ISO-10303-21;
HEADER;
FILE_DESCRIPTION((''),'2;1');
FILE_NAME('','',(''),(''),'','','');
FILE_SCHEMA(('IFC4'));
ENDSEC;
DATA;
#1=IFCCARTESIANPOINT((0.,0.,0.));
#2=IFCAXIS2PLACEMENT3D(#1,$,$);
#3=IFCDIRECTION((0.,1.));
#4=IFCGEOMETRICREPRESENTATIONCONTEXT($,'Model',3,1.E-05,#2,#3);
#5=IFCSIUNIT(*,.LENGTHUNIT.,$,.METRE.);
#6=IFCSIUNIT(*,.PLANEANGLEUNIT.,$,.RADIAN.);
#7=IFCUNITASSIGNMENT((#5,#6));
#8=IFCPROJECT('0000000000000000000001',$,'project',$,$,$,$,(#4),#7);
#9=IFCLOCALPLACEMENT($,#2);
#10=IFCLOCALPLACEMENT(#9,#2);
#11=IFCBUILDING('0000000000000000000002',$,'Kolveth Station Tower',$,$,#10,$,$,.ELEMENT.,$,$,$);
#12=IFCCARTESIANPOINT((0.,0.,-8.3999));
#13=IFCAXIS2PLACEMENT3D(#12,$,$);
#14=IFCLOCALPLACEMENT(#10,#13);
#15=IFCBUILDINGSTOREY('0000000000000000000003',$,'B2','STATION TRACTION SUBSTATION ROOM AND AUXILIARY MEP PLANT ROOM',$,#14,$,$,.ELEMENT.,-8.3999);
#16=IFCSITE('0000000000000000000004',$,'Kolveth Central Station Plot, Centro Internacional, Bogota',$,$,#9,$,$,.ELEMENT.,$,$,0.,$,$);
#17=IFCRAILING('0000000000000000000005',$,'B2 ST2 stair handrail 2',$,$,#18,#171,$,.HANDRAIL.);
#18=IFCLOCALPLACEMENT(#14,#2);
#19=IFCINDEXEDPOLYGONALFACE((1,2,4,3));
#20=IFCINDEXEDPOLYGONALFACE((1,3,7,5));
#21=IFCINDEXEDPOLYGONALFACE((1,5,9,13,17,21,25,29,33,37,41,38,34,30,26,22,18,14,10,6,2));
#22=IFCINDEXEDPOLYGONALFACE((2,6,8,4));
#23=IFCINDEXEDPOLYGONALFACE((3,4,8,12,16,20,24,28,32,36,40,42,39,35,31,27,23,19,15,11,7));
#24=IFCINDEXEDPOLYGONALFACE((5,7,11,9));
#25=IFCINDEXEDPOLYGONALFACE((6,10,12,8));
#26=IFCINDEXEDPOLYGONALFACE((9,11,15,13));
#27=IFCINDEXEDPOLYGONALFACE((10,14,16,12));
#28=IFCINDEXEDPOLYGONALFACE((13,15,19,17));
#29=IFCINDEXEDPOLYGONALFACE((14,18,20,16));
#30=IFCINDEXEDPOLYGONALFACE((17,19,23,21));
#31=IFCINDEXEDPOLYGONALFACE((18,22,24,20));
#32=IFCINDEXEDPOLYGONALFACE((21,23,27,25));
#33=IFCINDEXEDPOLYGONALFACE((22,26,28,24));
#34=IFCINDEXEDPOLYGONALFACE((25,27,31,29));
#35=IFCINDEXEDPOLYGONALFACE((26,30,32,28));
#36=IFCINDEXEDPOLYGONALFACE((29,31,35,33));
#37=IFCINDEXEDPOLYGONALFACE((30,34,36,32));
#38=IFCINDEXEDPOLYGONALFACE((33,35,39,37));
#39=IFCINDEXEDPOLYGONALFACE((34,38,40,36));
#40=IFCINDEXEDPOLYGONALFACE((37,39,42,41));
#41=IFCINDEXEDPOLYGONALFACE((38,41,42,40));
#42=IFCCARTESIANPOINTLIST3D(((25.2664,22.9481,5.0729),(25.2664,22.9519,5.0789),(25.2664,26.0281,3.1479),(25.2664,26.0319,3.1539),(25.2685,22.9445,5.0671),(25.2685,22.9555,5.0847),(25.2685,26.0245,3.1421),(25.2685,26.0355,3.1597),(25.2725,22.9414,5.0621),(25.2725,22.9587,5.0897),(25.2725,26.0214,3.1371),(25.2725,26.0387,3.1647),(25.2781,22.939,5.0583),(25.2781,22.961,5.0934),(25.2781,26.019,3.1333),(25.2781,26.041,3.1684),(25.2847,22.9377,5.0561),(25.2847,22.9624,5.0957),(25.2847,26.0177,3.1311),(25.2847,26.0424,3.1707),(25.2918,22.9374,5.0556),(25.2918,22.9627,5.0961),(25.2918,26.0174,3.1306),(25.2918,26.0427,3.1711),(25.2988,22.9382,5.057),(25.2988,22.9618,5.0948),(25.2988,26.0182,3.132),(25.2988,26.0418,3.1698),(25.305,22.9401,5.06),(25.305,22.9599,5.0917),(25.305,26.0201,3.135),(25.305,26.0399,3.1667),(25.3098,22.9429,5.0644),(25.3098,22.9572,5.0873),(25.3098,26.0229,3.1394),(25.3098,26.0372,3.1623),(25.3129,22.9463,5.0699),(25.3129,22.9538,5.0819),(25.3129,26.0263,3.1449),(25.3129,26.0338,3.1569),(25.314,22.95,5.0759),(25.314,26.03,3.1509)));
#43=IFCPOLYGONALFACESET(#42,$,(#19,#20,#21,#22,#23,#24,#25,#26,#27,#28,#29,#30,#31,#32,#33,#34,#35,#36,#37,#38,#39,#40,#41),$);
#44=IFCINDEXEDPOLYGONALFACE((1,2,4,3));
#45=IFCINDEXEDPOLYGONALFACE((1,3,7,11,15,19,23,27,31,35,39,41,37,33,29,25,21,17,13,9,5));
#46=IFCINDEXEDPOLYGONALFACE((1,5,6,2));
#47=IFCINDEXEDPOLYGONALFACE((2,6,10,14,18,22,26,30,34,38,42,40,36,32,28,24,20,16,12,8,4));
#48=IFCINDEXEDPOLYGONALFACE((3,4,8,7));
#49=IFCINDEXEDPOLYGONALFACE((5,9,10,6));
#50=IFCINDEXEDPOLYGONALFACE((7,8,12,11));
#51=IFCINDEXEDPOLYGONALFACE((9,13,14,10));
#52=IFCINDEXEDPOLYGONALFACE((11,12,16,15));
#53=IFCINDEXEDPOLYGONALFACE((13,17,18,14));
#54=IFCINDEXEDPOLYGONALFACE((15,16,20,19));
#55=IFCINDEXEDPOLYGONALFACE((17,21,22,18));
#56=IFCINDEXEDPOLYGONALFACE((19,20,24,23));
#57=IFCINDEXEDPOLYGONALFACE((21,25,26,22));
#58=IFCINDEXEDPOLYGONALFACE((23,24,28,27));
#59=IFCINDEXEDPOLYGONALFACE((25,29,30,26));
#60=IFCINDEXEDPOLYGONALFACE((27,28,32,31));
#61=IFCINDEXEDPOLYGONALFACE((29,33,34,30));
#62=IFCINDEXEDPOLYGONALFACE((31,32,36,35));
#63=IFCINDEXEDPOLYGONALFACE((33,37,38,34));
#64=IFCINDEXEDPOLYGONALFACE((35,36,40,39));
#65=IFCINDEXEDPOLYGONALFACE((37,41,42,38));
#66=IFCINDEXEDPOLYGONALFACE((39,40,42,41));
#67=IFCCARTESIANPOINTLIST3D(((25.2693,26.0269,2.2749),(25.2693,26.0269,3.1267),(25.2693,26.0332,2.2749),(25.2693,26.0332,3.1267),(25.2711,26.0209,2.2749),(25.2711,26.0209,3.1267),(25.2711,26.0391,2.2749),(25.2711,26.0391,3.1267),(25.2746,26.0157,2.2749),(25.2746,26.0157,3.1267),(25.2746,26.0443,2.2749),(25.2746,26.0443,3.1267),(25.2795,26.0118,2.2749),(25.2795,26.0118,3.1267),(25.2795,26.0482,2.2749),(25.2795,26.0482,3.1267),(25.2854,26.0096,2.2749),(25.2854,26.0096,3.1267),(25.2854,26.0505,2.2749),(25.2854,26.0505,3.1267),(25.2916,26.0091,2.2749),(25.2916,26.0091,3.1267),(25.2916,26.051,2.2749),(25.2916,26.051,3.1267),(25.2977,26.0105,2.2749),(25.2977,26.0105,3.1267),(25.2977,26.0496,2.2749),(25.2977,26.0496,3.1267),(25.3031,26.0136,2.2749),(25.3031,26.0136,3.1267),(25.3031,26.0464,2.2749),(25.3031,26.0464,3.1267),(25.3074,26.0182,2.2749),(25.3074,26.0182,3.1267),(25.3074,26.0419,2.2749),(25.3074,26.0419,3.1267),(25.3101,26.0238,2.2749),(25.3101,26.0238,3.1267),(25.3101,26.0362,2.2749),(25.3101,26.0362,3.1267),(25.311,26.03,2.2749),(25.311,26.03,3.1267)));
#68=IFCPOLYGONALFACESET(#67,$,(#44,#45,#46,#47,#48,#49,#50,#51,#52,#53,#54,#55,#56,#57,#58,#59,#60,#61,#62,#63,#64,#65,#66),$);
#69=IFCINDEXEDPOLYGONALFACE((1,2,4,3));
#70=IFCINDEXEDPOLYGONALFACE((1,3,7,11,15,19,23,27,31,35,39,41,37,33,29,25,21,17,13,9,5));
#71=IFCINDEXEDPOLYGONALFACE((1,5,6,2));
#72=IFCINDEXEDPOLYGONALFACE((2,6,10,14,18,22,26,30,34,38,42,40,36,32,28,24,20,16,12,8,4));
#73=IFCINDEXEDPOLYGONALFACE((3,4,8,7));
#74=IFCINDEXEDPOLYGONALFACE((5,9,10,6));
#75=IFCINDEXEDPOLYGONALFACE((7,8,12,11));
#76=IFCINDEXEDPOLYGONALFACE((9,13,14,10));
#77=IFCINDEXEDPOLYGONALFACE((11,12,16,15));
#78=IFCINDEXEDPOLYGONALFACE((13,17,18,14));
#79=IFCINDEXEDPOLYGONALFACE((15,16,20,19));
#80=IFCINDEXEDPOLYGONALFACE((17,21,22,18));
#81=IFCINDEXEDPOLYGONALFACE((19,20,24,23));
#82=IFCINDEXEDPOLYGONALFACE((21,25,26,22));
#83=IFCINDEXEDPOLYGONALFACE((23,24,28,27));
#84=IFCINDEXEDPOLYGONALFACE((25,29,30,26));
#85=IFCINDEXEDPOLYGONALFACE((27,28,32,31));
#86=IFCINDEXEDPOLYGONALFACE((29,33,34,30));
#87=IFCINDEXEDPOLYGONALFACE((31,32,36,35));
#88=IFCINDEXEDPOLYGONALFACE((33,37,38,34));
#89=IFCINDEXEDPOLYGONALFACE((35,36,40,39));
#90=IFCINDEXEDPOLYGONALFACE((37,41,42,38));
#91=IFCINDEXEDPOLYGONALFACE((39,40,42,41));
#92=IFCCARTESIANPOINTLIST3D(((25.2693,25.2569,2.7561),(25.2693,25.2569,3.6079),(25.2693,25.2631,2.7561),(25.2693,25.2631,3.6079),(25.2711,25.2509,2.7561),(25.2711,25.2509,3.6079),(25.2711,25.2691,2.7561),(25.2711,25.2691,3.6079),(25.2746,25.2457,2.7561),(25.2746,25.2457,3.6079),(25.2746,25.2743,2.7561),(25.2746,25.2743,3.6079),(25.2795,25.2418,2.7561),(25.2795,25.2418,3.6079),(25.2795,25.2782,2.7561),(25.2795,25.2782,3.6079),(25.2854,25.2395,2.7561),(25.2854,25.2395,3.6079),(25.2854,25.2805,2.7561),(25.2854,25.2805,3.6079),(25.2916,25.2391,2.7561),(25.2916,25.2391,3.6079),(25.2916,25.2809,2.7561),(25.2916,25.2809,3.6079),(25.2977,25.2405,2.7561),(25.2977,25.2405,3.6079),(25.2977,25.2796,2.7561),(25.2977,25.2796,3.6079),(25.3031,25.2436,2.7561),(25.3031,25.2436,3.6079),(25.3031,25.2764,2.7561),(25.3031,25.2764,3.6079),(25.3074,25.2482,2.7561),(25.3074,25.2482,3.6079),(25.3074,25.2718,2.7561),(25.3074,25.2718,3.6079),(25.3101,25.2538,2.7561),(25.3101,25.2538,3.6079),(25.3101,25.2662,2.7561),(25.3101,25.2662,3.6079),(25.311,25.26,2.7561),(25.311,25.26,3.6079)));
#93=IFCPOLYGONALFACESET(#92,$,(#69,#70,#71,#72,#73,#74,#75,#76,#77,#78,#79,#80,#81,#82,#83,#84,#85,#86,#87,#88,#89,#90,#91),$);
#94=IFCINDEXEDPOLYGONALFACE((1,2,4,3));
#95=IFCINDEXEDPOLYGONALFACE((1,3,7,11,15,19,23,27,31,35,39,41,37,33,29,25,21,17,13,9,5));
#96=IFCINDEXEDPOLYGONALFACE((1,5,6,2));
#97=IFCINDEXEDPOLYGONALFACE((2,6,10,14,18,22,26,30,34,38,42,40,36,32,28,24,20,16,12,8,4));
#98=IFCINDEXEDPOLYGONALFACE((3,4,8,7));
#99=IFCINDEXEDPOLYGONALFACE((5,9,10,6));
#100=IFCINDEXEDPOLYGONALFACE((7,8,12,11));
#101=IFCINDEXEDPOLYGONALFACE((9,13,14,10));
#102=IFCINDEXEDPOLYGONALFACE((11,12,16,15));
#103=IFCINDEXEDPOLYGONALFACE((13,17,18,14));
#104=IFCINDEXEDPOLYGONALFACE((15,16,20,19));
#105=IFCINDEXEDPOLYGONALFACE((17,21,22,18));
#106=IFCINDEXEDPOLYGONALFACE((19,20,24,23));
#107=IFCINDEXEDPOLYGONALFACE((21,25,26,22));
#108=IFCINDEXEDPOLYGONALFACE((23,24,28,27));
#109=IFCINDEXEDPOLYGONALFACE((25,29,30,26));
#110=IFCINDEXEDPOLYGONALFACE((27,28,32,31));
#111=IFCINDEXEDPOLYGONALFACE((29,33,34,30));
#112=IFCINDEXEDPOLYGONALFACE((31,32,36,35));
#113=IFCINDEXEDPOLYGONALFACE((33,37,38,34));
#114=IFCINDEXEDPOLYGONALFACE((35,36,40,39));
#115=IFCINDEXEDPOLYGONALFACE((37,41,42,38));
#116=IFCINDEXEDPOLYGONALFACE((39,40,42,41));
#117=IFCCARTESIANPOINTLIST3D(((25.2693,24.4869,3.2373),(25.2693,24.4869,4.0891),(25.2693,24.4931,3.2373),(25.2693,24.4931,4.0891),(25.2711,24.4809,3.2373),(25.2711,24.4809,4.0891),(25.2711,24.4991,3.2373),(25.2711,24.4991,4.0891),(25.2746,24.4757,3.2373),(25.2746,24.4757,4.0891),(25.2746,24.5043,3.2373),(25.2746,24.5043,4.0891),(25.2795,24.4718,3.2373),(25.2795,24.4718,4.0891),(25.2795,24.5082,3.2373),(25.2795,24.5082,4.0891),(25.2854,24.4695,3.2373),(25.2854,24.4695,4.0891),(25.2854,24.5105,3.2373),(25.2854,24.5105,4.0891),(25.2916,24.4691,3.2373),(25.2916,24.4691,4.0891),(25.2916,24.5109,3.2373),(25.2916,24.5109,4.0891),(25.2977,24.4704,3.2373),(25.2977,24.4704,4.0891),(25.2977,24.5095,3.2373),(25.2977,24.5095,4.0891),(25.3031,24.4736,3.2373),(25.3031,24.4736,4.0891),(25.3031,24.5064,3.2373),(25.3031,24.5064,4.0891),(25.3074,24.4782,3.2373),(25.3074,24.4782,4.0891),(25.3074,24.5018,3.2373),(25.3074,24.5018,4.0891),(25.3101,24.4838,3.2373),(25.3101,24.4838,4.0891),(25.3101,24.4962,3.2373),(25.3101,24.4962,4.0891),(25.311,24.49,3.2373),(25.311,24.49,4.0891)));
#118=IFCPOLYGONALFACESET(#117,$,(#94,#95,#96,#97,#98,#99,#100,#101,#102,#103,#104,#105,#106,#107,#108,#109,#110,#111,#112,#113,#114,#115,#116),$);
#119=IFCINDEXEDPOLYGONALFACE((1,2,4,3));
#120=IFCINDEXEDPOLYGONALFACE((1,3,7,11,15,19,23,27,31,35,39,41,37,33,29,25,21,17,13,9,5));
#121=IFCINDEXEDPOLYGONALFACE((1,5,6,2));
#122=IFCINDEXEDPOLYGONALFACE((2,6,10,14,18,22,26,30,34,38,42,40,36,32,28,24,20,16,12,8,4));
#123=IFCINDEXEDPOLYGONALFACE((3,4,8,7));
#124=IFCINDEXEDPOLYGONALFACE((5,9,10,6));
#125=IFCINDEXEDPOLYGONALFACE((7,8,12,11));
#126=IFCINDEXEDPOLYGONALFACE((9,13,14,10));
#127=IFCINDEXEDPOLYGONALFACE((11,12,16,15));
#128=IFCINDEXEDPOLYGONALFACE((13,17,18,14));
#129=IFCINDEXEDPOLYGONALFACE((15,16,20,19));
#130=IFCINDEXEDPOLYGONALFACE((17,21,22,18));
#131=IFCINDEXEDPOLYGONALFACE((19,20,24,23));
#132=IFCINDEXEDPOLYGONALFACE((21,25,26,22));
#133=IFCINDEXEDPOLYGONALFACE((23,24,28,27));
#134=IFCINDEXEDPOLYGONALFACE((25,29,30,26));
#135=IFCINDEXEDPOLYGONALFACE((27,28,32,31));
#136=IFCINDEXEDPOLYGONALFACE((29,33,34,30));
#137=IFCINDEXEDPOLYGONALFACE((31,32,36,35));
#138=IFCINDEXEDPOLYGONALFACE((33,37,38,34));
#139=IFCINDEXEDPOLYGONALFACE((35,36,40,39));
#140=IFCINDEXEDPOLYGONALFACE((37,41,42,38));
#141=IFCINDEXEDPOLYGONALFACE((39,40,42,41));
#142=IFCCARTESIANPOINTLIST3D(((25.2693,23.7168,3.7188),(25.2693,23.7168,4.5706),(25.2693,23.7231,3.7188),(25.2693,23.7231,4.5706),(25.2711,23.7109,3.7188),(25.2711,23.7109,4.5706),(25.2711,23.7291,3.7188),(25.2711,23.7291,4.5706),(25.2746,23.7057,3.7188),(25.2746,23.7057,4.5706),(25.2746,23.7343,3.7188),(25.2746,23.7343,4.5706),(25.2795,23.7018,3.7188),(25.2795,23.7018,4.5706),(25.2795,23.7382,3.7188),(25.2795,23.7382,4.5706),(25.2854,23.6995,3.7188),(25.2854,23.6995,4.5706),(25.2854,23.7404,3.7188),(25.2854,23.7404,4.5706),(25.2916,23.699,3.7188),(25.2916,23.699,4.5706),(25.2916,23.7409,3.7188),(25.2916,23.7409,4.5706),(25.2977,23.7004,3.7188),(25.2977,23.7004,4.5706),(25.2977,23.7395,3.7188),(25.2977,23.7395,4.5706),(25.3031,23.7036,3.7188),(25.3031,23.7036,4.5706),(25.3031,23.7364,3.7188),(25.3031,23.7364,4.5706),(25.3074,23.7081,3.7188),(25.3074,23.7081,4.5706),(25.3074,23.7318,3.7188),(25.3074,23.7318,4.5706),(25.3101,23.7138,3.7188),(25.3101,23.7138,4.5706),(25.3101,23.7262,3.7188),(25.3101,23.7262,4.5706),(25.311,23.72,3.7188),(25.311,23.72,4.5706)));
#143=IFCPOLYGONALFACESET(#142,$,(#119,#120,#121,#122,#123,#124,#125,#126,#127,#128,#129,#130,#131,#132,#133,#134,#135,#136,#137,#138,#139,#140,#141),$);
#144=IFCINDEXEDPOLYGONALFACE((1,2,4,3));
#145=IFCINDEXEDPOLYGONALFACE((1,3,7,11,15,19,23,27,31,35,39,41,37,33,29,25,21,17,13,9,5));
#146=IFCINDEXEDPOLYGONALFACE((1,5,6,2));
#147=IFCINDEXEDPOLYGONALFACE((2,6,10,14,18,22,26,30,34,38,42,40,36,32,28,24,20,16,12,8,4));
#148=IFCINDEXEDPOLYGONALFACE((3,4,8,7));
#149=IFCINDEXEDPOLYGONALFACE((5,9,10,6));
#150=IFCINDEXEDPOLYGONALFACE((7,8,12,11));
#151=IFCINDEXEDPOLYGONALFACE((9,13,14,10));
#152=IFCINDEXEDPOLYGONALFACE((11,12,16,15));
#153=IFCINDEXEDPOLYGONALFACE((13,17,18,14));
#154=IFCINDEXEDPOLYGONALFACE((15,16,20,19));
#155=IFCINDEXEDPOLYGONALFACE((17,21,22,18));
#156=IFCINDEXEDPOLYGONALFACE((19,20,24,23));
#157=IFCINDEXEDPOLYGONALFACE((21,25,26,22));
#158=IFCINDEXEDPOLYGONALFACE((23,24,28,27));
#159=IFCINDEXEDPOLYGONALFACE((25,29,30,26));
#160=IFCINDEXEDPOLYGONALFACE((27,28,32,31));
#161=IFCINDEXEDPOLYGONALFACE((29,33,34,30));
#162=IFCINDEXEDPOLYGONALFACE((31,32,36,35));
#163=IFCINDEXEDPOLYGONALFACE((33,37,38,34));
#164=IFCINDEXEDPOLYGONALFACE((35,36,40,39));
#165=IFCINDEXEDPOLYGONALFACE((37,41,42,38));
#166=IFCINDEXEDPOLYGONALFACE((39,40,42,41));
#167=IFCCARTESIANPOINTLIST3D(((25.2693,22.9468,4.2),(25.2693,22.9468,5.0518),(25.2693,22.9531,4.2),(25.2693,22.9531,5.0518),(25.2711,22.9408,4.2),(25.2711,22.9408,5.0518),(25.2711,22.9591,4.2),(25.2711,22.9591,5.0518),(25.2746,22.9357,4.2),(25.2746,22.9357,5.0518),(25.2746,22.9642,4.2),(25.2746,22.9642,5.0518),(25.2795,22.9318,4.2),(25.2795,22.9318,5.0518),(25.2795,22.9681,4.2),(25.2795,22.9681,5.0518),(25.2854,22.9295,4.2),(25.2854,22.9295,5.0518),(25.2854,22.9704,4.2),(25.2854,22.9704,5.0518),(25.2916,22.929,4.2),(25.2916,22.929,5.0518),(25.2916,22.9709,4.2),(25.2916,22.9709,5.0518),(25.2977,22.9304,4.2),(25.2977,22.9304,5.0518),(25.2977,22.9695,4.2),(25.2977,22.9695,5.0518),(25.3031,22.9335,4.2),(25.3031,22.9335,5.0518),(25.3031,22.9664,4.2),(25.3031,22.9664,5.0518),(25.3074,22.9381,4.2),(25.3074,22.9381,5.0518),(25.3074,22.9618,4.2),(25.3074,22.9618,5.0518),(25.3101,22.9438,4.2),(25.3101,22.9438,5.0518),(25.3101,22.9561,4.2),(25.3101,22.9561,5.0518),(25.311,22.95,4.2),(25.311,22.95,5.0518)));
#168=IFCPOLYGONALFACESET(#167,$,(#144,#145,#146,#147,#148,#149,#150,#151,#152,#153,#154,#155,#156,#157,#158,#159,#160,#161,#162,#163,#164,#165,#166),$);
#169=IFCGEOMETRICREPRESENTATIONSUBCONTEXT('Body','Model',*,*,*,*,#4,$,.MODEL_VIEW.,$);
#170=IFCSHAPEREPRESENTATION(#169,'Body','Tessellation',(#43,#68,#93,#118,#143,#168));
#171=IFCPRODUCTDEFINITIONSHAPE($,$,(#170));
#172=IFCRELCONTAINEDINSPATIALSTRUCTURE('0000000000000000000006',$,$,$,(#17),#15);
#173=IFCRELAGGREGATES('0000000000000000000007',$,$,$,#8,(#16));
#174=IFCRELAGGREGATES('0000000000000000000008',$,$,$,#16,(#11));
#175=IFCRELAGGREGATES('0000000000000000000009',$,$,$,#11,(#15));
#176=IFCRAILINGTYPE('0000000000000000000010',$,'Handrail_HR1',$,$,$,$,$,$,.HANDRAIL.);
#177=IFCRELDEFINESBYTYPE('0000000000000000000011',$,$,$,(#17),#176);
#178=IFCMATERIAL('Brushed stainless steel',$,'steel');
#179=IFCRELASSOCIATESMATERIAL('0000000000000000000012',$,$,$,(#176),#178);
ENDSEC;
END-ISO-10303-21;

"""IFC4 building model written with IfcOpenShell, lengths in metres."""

from ifc_helpers import new_model, si_unit, direction, frame, origin, origin_2d, place, context, subcontext, project, spatial, circle, extrude, material, type_object, element, save


model = new_model("IFC4")

# Units and contexts
model_context = context("Model", 3, precision=1e-05, world=origin(), true_north=direction((0.0, 1.0)))
body_context = subcontext(model_context, "Body", "Model", "MODEL_VIEW")
ifc_project = project(units=[si_unit("LENGTHUNIT", "METRE"), si_unit("PLANEANGLEUNIT", "RADIAN")], contexts=[model_context])

# Site, building, storey
site_placement = place(None, origin())
site = spatial("IfcSite", under=ifc_project, at=site_placement, Name="Kolveth Central Station Plot, Centro Internacional, Bogota", CompositionType="ELEMENT", RefElevation=0.0)
building_placement = place(site_placement, origin())
building = spatial("IfcBuilding", under=site, at=building_placement, Name="Kolveth Station Tower", CompositionType="ELEMENT")
storey_placement = place(building_placement, frame((0.0, 0.0, -8.3999)))
storey = spatial("IfcBuildingStorey", under=building, at=storey_placement, Name="B2", Description="STATION TRACTION SUBSTATION ROOM AND AUXILIARY MEP PLANT ROOM", CompositionType="ELEMENT", Elevation=-8.3999)

# Railing
ifc_material_1 = material(Name="Brushed stainless steel", Category="steel")
railing_type_1 = type_object("IfcRailingType", Name="Handrail_HR1", PredefinedType="HANDRAIL", material=ifc_material_1)
for number, where, name in (
    (1, (25.29, 26.03, 2.2749), "B2 ST2 stair handrail 2"),
):
    element("IfcRailing", number, at=place(storey_placement, frame(where)), inside=storey, type_object=railing_type_1, Name=name, PredefinedType="HANDRAIL", context=body_context, shape_type="SweptSolid", body=[
        extrude(circle(Radius=0.0239, at=origin_2d()), frame((0.0, 0.0, 0.876), z_axis=(0.0, -0.847998, 0.529999), x_axis=(1.0, 0.0, 0.0)), (0.0, 0.0, 1.0), 3.6321),
        extrude(circle(Radius=0.021, at=origin_2d()), origin(), (0.0, 0.0, 1.0), 0.8518),
        extrude(circle(Radius=0.021, at=origin_2d()), frame((0.0, -0.77, 0.4812)), (0.0, 0.0, 1.0), 0.8518),
        extrude(circle(Radius=0.021, at=origin_2d()), frame((0.0, -1.54, 0.9624)), (0.0, 0.0, 1.0), 0.8518),
        extrude(circle(Radius=0.021, at=origin_2d()), frame((0.0, -2.3101, 1.4438)), (0.0, 0.0, 1.0), 0.8518),
        extrude(circle(Radius=0.021, at=origin_2d()), frame((0.0, -3.0801, 1.925)), (0.0, 0.0, 1.0), 0.8518),
    ])

save(model, "model.ifc")
